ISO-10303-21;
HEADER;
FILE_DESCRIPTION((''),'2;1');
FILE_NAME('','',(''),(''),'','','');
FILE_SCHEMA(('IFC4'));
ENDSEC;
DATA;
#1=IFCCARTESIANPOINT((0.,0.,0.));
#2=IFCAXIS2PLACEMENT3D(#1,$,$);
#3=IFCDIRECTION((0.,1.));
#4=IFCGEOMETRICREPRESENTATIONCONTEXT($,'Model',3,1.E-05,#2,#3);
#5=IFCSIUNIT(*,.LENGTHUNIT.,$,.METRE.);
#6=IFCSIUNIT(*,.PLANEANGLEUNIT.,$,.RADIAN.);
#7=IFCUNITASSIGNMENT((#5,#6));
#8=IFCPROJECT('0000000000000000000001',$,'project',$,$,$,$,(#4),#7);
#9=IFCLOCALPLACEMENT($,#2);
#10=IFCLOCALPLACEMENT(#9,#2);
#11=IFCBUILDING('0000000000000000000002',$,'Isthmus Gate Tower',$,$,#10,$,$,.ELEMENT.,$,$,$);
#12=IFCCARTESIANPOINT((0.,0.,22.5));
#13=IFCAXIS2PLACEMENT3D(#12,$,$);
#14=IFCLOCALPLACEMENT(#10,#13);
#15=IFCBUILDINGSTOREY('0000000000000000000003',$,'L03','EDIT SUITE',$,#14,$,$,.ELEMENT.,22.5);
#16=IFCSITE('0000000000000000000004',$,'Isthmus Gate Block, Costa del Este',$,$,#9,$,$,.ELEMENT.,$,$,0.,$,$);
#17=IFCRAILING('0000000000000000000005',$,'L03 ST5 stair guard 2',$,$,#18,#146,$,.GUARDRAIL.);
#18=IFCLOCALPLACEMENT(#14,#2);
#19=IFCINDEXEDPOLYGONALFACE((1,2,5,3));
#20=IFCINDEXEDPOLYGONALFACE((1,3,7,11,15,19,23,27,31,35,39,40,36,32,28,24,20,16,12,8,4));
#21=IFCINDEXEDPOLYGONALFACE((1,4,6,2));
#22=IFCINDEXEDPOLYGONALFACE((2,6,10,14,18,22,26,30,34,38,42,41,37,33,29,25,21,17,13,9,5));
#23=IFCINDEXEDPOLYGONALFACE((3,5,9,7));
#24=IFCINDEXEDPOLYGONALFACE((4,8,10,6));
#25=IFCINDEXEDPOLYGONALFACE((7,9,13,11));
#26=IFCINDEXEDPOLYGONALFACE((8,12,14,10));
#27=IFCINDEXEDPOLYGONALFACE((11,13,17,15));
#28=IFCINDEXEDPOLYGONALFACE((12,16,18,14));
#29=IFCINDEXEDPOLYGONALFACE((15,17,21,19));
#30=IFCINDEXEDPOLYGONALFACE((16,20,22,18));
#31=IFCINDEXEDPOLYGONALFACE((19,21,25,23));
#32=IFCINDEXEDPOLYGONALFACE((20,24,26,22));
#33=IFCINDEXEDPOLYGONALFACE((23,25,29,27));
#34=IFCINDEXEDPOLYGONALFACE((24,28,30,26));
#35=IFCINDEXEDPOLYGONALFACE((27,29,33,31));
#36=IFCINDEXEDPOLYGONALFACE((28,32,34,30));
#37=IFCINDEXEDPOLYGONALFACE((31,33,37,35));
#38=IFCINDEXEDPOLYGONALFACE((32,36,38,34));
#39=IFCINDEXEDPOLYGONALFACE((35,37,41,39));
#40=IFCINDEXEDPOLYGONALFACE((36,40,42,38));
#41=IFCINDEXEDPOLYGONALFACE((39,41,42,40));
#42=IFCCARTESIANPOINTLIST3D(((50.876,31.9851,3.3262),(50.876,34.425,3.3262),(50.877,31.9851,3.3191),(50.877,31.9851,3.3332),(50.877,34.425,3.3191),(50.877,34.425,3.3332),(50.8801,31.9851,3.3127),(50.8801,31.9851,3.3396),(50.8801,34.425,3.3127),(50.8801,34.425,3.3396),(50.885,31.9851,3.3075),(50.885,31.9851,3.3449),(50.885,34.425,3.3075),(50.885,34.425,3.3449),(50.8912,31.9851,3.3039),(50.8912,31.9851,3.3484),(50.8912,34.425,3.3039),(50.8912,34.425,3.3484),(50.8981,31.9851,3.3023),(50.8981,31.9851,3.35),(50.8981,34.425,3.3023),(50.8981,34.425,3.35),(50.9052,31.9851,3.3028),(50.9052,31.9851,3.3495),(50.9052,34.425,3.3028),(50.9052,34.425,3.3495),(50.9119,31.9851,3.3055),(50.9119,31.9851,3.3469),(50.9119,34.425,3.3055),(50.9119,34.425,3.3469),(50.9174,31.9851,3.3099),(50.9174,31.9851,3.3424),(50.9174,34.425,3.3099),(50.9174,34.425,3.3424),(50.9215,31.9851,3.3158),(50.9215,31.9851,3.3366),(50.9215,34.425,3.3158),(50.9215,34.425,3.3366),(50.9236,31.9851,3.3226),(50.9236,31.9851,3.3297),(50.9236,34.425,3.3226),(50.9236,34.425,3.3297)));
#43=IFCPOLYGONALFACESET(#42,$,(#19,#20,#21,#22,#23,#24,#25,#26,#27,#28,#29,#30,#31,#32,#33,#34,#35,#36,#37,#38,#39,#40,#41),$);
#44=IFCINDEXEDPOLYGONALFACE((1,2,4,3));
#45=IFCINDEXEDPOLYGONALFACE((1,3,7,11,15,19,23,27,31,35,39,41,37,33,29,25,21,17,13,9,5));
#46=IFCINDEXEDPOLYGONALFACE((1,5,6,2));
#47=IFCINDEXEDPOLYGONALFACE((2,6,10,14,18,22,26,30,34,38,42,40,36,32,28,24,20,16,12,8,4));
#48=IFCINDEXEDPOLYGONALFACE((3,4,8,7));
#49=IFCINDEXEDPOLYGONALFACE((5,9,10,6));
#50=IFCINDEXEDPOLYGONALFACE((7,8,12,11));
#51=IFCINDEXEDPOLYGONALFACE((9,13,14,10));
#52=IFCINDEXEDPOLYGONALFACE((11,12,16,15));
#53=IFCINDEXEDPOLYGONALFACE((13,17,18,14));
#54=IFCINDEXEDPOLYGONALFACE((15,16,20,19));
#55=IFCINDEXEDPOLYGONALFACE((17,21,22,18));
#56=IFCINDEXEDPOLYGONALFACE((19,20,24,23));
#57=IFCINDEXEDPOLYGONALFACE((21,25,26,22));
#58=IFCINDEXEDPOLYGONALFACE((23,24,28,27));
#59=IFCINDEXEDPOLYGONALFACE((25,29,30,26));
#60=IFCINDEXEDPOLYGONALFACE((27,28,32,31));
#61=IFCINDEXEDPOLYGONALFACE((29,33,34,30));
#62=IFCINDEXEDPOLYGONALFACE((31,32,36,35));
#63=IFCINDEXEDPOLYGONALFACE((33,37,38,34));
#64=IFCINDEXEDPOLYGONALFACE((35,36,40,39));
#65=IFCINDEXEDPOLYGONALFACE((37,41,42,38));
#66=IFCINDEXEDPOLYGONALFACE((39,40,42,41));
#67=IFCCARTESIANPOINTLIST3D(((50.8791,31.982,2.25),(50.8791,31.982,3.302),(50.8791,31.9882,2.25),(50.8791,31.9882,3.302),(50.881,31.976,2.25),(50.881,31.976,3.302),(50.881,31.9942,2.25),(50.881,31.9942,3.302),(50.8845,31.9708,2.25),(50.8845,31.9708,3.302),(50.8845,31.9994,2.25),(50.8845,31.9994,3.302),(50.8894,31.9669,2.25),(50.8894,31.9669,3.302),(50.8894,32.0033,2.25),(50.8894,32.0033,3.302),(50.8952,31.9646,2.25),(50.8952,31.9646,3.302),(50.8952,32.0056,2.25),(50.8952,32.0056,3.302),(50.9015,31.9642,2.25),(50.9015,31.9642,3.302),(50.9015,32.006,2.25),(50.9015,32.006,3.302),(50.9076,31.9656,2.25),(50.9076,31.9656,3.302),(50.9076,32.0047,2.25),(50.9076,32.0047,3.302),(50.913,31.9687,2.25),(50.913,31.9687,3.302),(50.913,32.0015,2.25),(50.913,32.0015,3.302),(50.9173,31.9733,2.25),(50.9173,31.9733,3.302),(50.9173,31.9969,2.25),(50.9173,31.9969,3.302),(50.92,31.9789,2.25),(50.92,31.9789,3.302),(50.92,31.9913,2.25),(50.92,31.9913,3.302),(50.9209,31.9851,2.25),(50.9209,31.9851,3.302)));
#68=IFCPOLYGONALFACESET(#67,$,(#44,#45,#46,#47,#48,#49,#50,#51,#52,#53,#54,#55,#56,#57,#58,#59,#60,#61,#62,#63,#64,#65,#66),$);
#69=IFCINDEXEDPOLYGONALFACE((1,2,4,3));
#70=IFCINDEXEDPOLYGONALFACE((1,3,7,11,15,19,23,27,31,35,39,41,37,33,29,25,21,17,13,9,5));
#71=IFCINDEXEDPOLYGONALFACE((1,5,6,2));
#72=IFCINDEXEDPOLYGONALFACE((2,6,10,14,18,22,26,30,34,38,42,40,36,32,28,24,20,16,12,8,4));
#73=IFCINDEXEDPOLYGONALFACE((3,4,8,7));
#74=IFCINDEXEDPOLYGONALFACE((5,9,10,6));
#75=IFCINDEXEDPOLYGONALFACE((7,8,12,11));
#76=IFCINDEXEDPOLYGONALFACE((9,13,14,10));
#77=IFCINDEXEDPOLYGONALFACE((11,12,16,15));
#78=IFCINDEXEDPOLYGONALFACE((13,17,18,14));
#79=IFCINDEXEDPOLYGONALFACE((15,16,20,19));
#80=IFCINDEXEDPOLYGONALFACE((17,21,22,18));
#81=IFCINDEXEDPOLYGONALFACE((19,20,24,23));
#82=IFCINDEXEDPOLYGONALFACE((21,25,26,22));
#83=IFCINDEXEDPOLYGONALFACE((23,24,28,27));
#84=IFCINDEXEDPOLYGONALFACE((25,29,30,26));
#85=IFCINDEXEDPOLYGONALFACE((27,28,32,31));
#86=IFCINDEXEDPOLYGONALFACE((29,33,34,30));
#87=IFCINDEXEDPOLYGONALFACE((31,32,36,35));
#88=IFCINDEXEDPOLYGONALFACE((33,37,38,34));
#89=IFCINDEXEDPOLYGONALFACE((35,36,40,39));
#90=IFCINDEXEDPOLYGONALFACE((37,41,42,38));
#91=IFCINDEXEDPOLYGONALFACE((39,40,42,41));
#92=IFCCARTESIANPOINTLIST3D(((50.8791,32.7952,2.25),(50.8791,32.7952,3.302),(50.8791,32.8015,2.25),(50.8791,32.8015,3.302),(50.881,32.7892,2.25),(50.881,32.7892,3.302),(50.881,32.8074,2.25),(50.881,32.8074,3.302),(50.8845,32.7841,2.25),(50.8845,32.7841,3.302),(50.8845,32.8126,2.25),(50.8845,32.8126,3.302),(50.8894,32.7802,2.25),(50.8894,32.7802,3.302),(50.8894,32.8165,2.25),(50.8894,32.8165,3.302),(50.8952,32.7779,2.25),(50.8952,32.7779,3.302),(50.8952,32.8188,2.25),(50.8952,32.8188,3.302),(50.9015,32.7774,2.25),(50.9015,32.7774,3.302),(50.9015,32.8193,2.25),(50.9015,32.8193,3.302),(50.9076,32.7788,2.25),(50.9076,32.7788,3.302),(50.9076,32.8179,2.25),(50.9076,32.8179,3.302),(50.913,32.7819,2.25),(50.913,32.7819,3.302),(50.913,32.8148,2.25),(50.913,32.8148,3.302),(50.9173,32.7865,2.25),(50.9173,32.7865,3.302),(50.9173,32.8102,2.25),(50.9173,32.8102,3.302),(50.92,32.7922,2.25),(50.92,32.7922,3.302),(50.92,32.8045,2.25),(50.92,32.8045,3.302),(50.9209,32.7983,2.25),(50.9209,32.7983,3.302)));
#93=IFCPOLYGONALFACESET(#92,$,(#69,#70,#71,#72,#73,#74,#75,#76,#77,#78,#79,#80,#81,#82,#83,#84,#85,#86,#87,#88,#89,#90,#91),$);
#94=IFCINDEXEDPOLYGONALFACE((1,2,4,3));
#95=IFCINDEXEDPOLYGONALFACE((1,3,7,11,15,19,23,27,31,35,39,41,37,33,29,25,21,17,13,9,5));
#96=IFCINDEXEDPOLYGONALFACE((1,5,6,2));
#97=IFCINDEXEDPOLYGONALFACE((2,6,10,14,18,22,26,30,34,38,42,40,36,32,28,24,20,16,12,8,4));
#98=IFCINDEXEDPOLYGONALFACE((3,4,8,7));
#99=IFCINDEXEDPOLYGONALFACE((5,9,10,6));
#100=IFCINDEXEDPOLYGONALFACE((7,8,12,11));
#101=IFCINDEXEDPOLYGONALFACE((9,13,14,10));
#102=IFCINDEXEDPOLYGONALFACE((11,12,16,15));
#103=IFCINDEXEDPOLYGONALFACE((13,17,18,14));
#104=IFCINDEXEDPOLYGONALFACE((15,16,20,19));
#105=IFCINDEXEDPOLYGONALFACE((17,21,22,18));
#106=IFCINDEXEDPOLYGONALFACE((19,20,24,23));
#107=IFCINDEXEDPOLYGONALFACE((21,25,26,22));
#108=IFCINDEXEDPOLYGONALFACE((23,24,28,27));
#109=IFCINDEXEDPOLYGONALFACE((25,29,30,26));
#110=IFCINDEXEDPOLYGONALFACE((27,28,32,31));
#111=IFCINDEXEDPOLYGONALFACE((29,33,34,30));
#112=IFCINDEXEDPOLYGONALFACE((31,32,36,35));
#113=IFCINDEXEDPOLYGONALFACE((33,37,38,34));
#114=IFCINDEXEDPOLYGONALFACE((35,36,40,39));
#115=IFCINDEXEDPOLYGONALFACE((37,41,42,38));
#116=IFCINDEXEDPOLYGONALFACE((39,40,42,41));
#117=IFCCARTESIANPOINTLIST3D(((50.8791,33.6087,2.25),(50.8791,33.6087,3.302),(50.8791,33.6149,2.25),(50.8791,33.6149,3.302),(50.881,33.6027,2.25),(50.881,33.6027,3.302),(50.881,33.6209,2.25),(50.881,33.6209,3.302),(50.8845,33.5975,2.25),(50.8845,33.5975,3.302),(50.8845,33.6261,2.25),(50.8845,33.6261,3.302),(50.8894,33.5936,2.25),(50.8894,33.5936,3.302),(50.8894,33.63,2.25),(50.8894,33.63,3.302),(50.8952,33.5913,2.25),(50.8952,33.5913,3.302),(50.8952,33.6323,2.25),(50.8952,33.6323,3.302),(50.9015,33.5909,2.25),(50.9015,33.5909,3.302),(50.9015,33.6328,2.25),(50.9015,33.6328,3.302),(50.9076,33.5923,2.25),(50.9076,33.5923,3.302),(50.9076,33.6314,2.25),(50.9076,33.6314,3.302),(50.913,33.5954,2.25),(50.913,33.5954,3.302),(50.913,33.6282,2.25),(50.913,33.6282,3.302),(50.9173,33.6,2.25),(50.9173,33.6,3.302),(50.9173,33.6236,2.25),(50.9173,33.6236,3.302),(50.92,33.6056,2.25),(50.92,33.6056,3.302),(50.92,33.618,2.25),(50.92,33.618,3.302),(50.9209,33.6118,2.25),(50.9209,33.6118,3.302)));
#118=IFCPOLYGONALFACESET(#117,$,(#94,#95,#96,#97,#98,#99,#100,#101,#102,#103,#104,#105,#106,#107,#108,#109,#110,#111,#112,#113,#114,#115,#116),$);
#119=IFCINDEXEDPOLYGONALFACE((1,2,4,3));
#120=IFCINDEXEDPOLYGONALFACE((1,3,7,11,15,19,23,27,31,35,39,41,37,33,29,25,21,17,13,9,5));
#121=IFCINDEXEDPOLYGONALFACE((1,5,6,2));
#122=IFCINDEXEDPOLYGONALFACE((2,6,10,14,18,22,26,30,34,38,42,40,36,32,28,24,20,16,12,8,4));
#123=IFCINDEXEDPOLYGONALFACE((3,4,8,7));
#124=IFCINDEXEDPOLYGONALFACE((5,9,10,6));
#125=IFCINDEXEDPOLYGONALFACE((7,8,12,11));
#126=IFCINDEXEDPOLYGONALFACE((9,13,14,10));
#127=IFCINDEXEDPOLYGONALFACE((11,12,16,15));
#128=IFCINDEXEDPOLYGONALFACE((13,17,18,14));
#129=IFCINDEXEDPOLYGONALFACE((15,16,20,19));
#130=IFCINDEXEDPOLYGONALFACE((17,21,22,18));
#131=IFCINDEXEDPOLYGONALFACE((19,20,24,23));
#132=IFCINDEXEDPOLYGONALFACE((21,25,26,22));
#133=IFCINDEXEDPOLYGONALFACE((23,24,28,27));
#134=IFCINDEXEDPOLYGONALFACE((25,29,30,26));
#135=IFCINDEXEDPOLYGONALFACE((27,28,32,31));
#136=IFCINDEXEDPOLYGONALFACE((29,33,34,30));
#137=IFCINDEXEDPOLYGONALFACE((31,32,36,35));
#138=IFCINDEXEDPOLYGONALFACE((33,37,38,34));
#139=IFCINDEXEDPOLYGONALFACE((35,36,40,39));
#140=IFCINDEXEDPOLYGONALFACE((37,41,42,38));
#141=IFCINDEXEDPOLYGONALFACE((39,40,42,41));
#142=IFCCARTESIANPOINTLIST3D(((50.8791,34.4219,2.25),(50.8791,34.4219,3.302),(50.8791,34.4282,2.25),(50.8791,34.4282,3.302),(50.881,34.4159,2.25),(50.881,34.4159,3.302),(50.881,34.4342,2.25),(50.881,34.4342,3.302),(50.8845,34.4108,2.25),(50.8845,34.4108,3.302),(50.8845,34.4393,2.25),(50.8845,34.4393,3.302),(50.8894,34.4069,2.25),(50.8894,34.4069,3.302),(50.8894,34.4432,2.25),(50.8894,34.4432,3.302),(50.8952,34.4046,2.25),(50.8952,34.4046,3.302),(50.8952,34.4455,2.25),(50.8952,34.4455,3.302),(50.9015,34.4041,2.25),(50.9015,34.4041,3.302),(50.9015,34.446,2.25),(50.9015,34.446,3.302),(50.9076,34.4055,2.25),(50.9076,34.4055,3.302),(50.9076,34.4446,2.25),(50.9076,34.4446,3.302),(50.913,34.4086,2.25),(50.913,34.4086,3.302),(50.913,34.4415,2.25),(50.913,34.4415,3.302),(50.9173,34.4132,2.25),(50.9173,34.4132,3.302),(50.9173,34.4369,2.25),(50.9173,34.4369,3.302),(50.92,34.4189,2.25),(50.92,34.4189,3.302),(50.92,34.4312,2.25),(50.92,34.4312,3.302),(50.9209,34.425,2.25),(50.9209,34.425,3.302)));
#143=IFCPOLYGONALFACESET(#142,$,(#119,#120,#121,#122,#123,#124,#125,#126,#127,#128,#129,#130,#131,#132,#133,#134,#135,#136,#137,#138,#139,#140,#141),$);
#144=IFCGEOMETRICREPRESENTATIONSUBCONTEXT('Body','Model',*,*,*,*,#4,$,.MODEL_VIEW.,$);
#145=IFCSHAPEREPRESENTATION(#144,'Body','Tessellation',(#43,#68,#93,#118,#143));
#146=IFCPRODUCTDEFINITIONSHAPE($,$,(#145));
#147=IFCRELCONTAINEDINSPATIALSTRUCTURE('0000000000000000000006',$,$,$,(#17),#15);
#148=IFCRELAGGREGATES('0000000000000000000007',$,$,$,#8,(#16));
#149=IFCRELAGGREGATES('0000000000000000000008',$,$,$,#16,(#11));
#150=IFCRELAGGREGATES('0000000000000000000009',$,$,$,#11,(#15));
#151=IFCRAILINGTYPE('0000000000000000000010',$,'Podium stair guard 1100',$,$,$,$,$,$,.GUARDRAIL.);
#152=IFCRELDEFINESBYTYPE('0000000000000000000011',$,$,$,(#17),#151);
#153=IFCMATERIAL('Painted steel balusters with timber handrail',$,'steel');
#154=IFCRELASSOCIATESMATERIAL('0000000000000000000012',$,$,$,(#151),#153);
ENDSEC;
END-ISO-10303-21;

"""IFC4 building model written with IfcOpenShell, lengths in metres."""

from ifc_helpers import new_model, si_unit, direction, frame, origin, origin_2d, place, context, subcontext, project, spatial, circle, extrude, material, type_object, element, save


model = new_model("IFC4")

# Units and contexts
model_context = context("Model", 3, precision=1e-05, world=origin(), true_north=direction((0.0, 1.0)))
body_context = subcontext(model_context, "Body", "Model", "MODEL_VIEW")
ifc_project = project(units=[si_unit("LENGTHUNIT", "METRE"), si_unit("PLANEANGLEUNIT", "RADIAN")], contexts=[model_context])

# Site, building, storey
site_placement = place(None, origin())
site = spatial("IfcSite", under=ifc_project, at=site_placement, Name="Isthmus Gate Block, Costa del Este", CompositionType="ELEMENT", RefElevation=0.0)
building_placement = place(site_placement, origin())
building = spatial("IfcBuilding", under=site, at=building_placement, Name="Isthmus Gate Tower", CompositionType="ELEMENT")
storey_placement = place(building_placement, frame((0.0, 0.0, 22.5)))
storey = spatial("IfcBuildingStorey", under=building, at=storey_placement, Name="L03", Description="EDIT SUITE", CompositionType="ELEMENT", Elevation=22.5)

# Railing
ifc_material_1 = material(Name="Painted steel balusters with timber handrail", Category="steel")
railing_type_1 = type_object("IfcRailingType", Name="Podium stair guard 1100", PredefinedType="GUARDRAIL", material=ifc_material_1)
railing_1_placement = place(storey_placement, frame((50.8999, 31.9851, 2.25)))
element("IfcRailing", 1, at=railing_1_placement, inside=storey, type_object=railing_type_1, Name="L03 ST5 stair guard 2", PredefinedType="GUARDRAIL", context=body_context, shape_type="SweptSolid", body=[
    extrude(circle(Radius=0.0239, at=origin_2d()), frame((0.0, 0.0, 1.0762), z_axis=(0.0, 1.0, 0.0), x_axis=(-1.0, 0.0, 0.0)), (0.0, 0.0, 1.0), 2.4399),
    extrude(circle(Radius=0.021, at=origin_2d()), origin(), (0.0, 0.0, 1.0), 1.052),
    extrude(circle(Radius=0.021, at=origin_2d()), frame((0.0, 0.8132, 0.0)), (0.0, 0.0, 1.0), 1.052),
    extrude(circle(Radius=0.021, at=origin_2d()), frame((0.0, 1.6267, 0.0)), (0.0, 0.0, 1.0), 1.052),
    extrude(circle(Radius=0.021, at=origin_2d()), frame((0.0, 2.4399, 0.0)), (0.0, 0.0, 1.0), 1.052),
])

save(model, "model.ifc")
